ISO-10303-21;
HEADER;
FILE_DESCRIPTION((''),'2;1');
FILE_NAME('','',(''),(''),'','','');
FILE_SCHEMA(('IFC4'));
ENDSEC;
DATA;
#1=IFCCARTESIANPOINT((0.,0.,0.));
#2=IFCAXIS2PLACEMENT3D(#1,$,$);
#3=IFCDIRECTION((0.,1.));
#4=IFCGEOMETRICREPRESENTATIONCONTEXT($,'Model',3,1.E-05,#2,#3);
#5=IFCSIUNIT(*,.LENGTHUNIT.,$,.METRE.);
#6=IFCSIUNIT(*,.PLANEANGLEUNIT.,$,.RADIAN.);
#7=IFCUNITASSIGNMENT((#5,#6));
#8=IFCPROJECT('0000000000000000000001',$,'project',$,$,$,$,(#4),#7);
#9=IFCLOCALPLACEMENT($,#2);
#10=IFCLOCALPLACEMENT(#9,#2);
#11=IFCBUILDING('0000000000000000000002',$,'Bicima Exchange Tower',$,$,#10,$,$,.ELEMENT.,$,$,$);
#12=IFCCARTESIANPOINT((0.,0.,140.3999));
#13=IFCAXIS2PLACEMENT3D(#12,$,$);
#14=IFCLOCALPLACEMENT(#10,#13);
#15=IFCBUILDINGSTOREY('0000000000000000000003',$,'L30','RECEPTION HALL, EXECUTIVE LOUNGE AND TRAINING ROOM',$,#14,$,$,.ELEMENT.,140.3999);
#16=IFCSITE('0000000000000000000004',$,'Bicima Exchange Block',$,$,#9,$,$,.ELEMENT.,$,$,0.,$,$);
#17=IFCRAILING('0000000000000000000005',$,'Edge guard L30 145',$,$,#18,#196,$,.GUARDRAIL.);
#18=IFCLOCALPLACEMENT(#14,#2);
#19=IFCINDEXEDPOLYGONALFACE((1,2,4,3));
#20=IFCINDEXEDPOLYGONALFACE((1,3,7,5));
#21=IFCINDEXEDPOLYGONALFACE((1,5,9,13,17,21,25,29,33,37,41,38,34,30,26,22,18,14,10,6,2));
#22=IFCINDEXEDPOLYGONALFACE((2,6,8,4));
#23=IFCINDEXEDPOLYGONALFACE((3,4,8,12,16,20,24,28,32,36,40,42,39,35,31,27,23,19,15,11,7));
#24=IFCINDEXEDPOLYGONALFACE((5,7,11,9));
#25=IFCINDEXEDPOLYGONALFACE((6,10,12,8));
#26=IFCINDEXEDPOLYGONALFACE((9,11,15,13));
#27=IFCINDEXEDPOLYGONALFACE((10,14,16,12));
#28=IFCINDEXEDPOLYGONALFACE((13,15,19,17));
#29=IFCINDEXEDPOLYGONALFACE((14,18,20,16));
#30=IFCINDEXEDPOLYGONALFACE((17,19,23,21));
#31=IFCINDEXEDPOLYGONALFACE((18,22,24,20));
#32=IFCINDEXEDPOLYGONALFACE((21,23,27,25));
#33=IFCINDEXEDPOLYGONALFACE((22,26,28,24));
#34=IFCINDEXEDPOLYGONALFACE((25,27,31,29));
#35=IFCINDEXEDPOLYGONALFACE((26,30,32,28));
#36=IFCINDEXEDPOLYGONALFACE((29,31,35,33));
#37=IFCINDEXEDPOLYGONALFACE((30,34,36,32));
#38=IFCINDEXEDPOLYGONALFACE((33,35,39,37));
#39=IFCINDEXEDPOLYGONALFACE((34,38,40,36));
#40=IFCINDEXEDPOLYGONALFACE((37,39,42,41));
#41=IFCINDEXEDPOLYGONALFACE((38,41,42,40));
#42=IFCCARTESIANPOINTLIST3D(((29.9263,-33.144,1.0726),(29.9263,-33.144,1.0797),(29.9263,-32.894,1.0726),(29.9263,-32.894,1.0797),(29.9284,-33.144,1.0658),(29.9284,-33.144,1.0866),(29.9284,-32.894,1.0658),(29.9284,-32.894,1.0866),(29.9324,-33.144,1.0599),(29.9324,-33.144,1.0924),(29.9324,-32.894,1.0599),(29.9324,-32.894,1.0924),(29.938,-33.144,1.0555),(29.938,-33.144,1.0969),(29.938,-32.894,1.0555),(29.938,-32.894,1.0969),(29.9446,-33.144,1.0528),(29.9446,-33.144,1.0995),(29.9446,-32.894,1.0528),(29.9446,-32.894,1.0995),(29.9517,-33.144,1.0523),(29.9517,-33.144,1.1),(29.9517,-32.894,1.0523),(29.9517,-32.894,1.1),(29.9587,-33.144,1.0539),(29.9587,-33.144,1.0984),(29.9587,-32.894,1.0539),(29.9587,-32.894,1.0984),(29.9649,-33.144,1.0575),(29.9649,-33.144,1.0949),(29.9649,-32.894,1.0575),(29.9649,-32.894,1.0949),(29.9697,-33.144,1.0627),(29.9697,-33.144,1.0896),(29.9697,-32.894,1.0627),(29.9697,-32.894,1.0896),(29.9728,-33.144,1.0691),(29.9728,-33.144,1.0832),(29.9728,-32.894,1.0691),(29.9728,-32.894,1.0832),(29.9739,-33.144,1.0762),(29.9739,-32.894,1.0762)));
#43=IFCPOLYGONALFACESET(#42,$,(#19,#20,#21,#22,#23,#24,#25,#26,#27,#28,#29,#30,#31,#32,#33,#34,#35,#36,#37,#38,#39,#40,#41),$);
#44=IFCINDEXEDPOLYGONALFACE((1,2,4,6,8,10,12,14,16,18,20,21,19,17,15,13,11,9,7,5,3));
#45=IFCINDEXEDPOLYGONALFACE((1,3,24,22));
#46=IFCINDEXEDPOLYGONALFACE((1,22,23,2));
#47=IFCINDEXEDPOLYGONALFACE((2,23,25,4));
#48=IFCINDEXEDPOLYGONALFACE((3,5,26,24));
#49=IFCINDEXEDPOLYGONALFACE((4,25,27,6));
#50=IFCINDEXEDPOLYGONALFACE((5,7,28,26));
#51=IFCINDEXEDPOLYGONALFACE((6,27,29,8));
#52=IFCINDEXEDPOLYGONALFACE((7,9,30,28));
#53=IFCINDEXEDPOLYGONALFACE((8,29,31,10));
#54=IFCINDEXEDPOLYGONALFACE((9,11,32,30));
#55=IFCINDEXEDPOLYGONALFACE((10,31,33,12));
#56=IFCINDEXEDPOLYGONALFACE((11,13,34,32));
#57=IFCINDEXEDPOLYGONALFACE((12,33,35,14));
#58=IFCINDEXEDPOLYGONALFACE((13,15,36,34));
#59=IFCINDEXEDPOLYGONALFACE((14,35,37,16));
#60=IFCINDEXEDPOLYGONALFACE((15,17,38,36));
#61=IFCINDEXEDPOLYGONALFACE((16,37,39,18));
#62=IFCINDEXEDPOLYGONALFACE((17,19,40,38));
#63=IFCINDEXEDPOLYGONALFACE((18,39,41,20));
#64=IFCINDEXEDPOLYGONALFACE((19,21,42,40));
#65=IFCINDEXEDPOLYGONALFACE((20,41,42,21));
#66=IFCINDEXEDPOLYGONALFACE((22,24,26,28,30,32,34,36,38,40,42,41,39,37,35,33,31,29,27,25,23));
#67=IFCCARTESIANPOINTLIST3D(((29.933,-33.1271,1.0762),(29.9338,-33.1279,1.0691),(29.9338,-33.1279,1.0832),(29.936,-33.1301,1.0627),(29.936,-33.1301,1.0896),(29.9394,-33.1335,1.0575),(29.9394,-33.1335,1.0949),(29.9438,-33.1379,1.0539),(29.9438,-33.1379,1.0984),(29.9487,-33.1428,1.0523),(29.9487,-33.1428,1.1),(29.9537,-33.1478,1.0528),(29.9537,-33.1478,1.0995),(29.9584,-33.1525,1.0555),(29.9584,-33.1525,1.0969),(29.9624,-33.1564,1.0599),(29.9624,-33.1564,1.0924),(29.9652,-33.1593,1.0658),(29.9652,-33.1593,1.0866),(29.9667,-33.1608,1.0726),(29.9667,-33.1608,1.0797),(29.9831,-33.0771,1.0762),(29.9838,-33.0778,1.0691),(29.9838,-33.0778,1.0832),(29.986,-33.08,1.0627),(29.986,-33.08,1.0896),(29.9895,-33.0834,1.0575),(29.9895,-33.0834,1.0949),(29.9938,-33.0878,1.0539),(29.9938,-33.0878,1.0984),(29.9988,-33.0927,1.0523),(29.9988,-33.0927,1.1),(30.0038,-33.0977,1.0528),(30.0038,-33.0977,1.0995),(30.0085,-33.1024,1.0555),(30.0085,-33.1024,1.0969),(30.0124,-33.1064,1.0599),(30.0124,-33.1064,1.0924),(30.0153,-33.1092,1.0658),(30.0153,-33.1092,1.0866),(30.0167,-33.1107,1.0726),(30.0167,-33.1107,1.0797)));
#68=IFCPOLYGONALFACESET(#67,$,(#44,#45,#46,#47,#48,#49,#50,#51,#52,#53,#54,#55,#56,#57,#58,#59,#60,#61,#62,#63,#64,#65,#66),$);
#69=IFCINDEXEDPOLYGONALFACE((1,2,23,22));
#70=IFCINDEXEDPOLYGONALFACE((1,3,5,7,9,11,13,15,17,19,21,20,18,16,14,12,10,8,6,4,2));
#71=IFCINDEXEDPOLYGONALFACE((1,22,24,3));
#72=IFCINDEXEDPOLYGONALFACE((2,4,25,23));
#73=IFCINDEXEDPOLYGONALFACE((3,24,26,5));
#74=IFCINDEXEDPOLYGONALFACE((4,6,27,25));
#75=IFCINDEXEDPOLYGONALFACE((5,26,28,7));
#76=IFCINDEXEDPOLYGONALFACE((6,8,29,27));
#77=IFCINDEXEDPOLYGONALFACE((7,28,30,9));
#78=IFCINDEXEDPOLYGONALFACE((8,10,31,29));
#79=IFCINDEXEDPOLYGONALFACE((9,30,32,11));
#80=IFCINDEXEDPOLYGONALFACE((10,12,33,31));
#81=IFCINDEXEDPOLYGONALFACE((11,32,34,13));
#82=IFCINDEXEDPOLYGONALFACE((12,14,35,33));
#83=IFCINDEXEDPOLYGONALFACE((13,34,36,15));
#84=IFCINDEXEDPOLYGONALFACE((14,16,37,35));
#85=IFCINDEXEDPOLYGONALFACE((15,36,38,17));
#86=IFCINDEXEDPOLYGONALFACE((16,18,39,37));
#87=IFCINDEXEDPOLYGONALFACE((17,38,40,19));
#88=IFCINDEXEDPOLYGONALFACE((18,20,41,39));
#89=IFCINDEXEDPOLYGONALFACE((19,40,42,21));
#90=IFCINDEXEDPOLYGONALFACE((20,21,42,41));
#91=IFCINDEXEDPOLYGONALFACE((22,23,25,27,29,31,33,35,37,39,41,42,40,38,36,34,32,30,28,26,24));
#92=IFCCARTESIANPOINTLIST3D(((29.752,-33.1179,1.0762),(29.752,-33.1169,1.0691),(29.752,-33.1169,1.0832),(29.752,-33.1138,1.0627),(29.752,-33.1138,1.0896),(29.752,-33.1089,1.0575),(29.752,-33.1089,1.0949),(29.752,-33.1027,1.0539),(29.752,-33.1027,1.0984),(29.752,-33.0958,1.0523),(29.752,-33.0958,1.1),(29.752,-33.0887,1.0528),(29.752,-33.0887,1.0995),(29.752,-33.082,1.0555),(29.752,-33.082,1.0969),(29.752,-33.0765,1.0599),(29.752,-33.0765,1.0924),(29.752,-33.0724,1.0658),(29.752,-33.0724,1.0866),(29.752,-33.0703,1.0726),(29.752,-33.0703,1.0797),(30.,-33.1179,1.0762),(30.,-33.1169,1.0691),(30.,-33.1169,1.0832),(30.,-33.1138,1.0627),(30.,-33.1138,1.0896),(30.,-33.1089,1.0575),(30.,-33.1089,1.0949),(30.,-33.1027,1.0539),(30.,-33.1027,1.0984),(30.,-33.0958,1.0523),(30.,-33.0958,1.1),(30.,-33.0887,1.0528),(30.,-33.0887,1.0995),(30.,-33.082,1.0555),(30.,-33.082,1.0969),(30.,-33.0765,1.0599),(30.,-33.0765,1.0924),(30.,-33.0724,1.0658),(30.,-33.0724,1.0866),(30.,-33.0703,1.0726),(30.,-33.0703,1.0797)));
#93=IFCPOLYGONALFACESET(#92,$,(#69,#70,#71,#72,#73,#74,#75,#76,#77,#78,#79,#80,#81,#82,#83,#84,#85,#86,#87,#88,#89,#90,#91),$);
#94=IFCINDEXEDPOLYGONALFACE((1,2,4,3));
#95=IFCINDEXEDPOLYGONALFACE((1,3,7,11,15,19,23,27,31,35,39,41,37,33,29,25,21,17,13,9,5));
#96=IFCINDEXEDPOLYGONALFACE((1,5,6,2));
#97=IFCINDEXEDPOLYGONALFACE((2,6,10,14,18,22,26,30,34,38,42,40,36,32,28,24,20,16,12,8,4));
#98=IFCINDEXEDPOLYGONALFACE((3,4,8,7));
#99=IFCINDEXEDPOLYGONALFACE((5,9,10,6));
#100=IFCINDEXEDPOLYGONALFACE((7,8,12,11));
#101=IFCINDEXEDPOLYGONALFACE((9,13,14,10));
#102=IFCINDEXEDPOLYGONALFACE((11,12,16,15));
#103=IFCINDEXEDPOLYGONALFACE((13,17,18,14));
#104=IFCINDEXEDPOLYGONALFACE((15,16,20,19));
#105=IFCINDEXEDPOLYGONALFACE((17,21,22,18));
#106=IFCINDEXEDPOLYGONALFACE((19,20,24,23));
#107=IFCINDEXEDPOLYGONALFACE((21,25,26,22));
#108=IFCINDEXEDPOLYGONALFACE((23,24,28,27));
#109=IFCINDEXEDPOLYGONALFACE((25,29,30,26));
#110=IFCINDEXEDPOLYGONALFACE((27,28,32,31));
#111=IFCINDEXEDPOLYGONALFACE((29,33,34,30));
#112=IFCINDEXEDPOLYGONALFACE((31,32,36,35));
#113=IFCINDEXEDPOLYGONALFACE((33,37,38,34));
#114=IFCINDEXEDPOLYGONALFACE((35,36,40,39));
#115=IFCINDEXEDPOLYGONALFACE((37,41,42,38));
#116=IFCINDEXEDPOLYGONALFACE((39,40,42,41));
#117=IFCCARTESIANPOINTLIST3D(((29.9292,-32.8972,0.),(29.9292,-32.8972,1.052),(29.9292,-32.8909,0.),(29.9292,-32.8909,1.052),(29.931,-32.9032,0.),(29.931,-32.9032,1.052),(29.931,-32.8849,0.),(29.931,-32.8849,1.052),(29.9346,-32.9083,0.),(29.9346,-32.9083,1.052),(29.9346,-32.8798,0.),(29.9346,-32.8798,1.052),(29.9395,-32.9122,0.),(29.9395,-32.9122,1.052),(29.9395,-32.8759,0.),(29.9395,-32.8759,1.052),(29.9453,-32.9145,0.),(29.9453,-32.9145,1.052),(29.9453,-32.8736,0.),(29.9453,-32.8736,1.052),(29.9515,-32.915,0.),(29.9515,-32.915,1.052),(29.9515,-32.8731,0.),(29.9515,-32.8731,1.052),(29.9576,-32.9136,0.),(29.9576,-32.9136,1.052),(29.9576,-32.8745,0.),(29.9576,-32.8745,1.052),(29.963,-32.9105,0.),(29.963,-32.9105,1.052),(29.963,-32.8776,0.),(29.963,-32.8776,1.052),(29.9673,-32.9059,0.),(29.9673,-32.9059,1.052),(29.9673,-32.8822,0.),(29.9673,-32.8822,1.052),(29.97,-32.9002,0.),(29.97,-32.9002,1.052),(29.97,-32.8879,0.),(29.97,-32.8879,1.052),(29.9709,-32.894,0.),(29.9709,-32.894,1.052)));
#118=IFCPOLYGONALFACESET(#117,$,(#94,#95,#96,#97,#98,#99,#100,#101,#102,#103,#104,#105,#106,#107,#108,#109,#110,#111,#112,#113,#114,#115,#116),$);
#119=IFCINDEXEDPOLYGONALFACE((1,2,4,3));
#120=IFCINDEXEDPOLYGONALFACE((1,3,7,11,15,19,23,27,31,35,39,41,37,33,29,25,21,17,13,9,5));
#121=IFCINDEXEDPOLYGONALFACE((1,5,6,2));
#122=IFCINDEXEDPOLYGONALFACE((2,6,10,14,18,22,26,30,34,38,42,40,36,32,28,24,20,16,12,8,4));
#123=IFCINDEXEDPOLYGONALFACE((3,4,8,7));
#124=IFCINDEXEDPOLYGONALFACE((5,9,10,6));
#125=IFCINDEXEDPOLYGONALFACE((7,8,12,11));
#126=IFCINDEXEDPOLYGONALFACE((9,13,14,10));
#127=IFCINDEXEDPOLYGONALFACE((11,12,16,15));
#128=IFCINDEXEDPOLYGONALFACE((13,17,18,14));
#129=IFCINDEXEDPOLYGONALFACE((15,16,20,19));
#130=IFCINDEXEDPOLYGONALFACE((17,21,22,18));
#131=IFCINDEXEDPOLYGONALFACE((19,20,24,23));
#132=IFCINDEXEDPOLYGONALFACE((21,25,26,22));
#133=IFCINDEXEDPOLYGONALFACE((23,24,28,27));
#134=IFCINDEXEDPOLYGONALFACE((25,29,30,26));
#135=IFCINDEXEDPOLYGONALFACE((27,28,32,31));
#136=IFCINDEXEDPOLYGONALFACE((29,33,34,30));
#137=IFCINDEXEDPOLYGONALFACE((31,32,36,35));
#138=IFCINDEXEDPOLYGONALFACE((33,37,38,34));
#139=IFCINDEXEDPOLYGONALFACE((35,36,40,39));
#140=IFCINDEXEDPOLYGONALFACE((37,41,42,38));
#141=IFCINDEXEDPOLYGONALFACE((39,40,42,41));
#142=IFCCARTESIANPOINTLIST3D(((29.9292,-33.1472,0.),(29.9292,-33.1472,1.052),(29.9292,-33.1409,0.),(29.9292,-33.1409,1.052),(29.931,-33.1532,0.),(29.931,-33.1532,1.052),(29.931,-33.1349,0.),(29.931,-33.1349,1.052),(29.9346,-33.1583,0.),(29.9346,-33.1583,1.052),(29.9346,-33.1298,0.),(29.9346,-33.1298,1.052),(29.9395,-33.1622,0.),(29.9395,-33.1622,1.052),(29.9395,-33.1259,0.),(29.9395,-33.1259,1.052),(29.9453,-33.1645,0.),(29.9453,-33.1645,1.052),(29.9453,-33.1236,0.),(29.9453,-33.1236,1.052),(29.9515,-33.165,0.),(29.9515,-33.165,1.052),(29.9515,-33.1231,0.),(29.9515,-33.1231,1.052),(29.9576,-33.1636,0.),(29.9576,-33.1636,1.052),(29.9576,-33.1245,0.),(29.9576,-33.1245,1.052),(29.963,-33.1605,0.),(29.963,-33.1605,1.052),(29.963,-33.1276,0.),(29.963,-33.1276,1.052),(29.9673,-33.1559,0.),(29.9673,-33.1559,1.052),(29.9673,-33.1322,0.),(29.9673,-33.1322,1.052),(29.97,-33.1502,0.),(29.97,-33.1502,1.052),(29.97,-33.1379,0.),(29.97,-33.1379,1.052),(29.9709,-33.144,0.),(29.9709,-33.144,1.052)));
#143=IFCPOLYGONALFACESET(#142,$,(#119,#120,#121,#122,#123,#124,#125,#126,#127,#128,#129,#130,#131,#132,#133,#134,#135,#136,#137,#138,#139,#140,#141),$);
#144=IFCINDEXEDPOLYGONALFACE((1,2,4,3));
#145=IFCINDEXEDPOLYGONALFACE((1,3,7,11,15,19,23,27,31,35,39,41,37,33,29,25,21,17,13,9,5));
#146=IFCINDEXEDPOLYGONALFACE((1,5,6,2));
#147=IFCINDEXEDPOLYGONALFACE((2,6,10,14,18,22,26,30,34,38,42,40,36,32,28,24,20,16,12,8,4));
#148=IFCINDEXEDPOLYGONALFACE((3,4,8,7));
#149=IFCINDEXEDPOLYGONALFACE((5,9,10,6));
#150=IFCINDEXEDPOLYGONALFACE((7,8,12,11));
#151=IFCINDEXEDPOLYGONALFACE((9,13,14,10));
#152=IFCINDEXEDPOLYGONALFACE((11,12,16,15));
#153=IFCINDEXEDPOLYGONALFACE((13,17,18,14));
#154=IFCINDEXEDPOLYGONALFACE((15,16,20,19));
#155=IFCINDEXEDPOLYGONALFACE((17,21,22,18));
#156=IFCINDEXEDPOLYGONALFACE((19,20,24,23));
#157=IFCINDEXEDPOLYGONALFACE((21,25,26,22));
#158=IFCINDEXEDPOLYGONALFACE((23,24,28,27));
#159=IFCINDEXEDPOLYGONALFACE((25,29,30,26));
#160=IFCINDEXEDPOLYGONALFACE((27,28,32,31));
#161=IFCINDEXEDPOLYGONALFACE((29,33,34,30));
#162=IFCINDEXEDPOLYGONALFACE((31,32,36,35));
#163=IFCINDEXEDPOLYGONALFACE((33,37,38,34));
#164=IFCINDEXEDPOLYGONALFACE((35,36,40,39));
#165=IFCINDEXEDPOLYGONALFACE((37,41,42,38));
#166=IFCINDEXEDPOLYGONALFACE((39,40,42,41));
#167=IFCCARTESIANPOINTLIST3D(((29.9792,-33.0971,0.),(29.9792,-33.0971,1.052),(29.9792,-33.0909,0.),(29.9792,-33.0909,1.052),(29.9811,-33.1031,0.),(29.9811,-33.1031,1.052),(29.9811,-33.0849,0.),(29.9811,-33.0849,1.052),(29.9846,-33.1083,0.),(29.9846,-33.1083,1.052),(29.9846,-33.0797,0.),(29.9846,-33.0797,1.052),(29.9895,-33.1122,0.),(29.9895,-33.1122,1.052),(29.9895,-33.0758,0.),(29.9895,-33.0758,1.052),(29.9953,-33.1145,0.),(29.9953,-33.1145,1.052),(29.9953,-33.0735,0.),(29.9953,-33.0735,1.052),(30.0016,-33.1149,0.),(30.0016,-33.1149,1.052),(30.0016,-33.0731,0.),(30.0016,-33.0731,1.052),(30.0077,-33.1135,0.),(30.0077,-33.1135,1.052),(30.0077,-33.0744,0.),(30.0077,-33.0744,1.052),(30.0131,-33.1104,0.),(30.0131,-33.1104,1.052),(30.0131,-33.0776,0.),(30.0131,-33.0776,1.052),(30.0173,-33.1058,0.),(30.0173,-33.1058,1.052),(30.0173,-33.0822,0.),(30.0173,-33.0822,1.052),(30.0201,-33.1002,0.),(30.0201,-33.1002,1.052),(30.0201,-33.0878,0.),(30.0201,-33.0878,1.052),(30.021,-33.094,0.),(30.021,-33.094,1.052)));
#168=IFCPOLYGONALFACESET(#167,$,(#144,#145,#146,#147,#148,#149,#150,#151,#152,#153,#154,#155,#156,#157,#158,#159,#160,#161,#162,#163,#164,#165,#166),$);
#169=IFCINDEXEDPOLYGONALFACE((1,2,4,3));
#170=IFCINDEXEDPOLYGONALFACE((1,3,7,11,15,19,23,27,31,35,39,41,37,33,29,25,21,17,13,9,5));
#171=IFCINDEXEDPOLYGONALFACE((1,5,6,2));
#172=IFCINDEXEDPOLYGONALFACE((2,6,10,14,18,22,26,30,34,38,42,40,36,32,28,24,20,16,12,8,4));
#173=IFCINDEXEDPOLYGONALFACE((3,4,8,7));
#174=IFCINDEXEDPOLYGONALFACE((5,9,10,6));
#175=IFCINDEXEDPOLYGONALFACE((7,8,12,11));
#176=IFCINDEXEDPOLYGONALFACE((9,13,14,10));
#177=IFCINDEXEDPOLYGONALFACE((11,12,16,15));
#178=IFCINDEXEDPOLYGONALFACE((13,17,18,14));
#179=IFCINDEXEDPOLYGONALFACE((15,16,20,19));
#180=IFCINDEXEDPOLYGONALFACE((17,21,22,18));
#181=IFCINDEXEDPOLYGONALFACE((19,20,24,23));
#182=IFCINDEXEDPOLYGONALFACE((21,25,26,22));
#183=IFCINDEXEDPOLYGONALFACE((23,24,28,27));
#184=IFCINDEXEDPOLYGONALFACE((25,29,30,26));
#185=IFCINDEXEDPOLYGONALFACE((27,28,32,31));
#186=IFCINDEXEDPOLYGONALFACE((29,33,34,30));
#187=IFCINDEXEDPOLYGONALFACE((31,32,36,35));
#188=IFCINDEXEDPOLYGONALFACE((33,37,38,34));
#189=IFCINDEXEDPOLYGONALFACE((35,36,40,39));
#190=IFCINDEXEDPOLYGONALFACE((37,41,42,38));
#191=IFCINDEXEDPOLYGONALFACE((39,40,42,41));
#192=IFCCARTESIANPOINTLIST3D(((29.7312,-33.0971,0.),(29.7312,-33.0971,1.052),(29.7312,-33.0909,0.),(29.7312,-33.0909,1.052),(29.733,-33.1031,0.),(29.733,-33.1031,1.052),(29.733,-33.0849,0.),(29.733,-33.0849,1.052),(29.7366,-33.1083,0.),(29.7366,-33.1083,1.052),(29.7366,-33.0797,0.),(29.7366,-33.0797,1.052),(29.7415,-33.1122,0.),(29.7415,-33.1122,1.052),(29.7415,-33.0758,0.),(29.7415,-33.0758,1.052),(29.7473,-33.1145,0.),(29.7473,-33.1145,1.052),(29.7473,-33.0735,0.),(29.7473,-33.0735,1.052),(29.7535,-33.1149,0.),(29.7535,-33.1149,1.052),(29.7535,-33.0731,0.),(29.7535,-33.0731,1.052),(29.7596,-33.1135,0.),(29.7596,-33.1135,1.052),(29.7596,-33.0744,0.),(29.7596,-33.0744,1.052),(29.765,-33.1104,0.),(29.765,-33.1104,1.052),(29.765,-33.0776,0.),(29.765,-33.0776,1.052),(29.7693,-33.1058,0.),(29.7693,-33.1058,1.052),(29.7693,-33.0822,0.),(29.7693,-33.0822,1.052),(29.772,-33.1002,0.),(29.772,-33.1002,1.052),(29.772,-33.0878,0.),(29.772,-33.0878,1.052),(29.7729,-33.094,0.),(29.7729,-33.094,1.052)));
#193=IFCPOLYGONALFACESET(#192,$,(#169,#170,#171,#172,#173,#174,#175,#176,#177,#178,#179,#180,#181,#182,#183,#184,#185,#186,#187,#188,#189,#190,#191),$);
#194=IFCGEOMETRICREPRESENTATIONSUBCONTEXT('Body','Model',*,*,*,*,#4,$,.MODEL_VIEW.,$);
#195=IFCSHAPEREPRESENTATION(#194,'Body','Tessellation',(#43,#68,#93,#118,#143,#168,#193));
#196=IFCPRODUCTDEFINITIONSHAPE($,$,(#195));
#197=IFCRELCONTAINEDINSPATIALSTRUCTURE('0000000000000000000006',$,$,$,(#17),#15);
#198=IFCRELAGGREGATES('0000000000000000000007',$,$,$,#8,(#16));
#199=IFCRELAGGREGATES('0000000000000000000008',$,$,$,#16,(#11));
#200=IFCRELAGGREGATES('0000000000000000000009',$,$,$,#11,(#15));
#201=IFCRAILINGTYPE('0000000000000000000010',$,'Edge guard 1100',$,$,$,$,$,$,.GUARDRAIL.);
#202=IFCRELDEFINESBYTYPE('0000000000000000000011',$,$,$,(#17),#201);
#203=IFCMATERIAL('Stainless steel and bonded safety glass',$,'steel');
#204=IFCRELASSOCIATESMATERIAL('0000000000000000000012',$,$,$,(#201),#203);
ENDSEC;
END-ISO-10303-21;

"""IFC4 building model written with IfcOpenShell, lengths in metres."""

from ifc_helpers import new_model, si_unit, direction, frame, origin, origin_2d, place, context, subcontext, project, spatial, circle, extrude, material, type_object, element, save


model = new_model("IFC4")

# Units and contexts
model_context = context("Model", 3, precision=1e-05, world=origin(), true_north=direction((0.0, 1.0)))
body_context = subcontext(model_context, "Body", "Model", "MODEL_VIEW")
ifc_project = project(units=[si_unit("LENGTHUNIT", "METRE"), si_unit("PLANEANGLEUNIT", "RADIAN")], contexts=[model_context])

# Site, building, storey
site_placement = place(None, origin())
site = spatial("IfcSite", under=ifc_project, at=site_placement, Name="Bicima Exchange Block", CompositionType="ELEMENT", RefElevation=0.0)
building_placement = place(site_placement, origin())
building = spatial("IfcBuilding", under=site, at=building_placement, Name="Bicima Exchange Tower", CompositionType="ELEMENT")
storey_placement = place(building_placement, frame((0.0, 0.0, 140.3999)))
storey = spatial("IfcBuildingStorey", under=building, at=storey_placement, Name="L30", Description="RECEPTION HALL, EXECUTIVE LOUNGE AND TRAINING ROOM", CompositionType="ELEMENT", Elevation=140.3999)

# Railing
ifc_material_1 = material(Name="Stainless steel and bonded safety glass", Category="steel")
railing_type = type_object("IfcRailingType", Name="Edge guard 1100", PredefinedType="GUARDRAIL", material=ifc_material_1)
railing_placement = place(storey_placement, frame((29.95, -32.894, 0.0)))
element("IfcRailing", 1, at=railing_placement, inside=storey, type_object=railing_type, Name="Edge guard L30 145", PredefinedType="GUARDRAIL", context=body_context, shape_type="SweptSolid", body=[
    extrude(circle(Radius=0.0239, at=origin_2d()), frame((0.0, 0.0, 1.0762), z_axis=(0.0, -1.0, 0.0), x_axis=(1.0, 0.0, 0.0)), (0.0, 0.0, 1.0), 0.25),
    extrude(circle(Radius=0.0239, at=origin_2d()), frame((0.0, -0.25, 1.0762), z_axis=(0.707107, 0.707107, 0.0), x_axis=(-0.707107, 0.707107, 0.0)), (0.0, 0.0, 1.0), 0.0708),
    extrude(circle(Radius=0.0239, at=origin_2d()), frame((0.05, -0.2, 1.0762), z_axis=(-1.0, 0.0, 0.0), x_axis=(0.0, -1.0, 0.0)), (0.0, 0.0, 1.0), 0.248),
    extrude(circle(Radius=0.021, at=origin_2d()), origin(), (0.0, 0.0, 1.0), 1.052),
    extrude(circle(Radius=0.021, at=origin_2d()), frame((0.0, -0.25, 0.0)), (0.0, 0.0, 1.0), 1.052),
    extrude(circle(Radius=0.021, at=origin_2d()), frame((0.05, -0.2, 0.0)), (0.0, 0.0, 1.0), 1.052),
    extrude(circle(Radius=0.021, at=origin_2d()), frame((-0.198, -0.2, 0.0)), (0.0, 0.0, 1.0), 1.052),
])

save(model, "model.ifc")
